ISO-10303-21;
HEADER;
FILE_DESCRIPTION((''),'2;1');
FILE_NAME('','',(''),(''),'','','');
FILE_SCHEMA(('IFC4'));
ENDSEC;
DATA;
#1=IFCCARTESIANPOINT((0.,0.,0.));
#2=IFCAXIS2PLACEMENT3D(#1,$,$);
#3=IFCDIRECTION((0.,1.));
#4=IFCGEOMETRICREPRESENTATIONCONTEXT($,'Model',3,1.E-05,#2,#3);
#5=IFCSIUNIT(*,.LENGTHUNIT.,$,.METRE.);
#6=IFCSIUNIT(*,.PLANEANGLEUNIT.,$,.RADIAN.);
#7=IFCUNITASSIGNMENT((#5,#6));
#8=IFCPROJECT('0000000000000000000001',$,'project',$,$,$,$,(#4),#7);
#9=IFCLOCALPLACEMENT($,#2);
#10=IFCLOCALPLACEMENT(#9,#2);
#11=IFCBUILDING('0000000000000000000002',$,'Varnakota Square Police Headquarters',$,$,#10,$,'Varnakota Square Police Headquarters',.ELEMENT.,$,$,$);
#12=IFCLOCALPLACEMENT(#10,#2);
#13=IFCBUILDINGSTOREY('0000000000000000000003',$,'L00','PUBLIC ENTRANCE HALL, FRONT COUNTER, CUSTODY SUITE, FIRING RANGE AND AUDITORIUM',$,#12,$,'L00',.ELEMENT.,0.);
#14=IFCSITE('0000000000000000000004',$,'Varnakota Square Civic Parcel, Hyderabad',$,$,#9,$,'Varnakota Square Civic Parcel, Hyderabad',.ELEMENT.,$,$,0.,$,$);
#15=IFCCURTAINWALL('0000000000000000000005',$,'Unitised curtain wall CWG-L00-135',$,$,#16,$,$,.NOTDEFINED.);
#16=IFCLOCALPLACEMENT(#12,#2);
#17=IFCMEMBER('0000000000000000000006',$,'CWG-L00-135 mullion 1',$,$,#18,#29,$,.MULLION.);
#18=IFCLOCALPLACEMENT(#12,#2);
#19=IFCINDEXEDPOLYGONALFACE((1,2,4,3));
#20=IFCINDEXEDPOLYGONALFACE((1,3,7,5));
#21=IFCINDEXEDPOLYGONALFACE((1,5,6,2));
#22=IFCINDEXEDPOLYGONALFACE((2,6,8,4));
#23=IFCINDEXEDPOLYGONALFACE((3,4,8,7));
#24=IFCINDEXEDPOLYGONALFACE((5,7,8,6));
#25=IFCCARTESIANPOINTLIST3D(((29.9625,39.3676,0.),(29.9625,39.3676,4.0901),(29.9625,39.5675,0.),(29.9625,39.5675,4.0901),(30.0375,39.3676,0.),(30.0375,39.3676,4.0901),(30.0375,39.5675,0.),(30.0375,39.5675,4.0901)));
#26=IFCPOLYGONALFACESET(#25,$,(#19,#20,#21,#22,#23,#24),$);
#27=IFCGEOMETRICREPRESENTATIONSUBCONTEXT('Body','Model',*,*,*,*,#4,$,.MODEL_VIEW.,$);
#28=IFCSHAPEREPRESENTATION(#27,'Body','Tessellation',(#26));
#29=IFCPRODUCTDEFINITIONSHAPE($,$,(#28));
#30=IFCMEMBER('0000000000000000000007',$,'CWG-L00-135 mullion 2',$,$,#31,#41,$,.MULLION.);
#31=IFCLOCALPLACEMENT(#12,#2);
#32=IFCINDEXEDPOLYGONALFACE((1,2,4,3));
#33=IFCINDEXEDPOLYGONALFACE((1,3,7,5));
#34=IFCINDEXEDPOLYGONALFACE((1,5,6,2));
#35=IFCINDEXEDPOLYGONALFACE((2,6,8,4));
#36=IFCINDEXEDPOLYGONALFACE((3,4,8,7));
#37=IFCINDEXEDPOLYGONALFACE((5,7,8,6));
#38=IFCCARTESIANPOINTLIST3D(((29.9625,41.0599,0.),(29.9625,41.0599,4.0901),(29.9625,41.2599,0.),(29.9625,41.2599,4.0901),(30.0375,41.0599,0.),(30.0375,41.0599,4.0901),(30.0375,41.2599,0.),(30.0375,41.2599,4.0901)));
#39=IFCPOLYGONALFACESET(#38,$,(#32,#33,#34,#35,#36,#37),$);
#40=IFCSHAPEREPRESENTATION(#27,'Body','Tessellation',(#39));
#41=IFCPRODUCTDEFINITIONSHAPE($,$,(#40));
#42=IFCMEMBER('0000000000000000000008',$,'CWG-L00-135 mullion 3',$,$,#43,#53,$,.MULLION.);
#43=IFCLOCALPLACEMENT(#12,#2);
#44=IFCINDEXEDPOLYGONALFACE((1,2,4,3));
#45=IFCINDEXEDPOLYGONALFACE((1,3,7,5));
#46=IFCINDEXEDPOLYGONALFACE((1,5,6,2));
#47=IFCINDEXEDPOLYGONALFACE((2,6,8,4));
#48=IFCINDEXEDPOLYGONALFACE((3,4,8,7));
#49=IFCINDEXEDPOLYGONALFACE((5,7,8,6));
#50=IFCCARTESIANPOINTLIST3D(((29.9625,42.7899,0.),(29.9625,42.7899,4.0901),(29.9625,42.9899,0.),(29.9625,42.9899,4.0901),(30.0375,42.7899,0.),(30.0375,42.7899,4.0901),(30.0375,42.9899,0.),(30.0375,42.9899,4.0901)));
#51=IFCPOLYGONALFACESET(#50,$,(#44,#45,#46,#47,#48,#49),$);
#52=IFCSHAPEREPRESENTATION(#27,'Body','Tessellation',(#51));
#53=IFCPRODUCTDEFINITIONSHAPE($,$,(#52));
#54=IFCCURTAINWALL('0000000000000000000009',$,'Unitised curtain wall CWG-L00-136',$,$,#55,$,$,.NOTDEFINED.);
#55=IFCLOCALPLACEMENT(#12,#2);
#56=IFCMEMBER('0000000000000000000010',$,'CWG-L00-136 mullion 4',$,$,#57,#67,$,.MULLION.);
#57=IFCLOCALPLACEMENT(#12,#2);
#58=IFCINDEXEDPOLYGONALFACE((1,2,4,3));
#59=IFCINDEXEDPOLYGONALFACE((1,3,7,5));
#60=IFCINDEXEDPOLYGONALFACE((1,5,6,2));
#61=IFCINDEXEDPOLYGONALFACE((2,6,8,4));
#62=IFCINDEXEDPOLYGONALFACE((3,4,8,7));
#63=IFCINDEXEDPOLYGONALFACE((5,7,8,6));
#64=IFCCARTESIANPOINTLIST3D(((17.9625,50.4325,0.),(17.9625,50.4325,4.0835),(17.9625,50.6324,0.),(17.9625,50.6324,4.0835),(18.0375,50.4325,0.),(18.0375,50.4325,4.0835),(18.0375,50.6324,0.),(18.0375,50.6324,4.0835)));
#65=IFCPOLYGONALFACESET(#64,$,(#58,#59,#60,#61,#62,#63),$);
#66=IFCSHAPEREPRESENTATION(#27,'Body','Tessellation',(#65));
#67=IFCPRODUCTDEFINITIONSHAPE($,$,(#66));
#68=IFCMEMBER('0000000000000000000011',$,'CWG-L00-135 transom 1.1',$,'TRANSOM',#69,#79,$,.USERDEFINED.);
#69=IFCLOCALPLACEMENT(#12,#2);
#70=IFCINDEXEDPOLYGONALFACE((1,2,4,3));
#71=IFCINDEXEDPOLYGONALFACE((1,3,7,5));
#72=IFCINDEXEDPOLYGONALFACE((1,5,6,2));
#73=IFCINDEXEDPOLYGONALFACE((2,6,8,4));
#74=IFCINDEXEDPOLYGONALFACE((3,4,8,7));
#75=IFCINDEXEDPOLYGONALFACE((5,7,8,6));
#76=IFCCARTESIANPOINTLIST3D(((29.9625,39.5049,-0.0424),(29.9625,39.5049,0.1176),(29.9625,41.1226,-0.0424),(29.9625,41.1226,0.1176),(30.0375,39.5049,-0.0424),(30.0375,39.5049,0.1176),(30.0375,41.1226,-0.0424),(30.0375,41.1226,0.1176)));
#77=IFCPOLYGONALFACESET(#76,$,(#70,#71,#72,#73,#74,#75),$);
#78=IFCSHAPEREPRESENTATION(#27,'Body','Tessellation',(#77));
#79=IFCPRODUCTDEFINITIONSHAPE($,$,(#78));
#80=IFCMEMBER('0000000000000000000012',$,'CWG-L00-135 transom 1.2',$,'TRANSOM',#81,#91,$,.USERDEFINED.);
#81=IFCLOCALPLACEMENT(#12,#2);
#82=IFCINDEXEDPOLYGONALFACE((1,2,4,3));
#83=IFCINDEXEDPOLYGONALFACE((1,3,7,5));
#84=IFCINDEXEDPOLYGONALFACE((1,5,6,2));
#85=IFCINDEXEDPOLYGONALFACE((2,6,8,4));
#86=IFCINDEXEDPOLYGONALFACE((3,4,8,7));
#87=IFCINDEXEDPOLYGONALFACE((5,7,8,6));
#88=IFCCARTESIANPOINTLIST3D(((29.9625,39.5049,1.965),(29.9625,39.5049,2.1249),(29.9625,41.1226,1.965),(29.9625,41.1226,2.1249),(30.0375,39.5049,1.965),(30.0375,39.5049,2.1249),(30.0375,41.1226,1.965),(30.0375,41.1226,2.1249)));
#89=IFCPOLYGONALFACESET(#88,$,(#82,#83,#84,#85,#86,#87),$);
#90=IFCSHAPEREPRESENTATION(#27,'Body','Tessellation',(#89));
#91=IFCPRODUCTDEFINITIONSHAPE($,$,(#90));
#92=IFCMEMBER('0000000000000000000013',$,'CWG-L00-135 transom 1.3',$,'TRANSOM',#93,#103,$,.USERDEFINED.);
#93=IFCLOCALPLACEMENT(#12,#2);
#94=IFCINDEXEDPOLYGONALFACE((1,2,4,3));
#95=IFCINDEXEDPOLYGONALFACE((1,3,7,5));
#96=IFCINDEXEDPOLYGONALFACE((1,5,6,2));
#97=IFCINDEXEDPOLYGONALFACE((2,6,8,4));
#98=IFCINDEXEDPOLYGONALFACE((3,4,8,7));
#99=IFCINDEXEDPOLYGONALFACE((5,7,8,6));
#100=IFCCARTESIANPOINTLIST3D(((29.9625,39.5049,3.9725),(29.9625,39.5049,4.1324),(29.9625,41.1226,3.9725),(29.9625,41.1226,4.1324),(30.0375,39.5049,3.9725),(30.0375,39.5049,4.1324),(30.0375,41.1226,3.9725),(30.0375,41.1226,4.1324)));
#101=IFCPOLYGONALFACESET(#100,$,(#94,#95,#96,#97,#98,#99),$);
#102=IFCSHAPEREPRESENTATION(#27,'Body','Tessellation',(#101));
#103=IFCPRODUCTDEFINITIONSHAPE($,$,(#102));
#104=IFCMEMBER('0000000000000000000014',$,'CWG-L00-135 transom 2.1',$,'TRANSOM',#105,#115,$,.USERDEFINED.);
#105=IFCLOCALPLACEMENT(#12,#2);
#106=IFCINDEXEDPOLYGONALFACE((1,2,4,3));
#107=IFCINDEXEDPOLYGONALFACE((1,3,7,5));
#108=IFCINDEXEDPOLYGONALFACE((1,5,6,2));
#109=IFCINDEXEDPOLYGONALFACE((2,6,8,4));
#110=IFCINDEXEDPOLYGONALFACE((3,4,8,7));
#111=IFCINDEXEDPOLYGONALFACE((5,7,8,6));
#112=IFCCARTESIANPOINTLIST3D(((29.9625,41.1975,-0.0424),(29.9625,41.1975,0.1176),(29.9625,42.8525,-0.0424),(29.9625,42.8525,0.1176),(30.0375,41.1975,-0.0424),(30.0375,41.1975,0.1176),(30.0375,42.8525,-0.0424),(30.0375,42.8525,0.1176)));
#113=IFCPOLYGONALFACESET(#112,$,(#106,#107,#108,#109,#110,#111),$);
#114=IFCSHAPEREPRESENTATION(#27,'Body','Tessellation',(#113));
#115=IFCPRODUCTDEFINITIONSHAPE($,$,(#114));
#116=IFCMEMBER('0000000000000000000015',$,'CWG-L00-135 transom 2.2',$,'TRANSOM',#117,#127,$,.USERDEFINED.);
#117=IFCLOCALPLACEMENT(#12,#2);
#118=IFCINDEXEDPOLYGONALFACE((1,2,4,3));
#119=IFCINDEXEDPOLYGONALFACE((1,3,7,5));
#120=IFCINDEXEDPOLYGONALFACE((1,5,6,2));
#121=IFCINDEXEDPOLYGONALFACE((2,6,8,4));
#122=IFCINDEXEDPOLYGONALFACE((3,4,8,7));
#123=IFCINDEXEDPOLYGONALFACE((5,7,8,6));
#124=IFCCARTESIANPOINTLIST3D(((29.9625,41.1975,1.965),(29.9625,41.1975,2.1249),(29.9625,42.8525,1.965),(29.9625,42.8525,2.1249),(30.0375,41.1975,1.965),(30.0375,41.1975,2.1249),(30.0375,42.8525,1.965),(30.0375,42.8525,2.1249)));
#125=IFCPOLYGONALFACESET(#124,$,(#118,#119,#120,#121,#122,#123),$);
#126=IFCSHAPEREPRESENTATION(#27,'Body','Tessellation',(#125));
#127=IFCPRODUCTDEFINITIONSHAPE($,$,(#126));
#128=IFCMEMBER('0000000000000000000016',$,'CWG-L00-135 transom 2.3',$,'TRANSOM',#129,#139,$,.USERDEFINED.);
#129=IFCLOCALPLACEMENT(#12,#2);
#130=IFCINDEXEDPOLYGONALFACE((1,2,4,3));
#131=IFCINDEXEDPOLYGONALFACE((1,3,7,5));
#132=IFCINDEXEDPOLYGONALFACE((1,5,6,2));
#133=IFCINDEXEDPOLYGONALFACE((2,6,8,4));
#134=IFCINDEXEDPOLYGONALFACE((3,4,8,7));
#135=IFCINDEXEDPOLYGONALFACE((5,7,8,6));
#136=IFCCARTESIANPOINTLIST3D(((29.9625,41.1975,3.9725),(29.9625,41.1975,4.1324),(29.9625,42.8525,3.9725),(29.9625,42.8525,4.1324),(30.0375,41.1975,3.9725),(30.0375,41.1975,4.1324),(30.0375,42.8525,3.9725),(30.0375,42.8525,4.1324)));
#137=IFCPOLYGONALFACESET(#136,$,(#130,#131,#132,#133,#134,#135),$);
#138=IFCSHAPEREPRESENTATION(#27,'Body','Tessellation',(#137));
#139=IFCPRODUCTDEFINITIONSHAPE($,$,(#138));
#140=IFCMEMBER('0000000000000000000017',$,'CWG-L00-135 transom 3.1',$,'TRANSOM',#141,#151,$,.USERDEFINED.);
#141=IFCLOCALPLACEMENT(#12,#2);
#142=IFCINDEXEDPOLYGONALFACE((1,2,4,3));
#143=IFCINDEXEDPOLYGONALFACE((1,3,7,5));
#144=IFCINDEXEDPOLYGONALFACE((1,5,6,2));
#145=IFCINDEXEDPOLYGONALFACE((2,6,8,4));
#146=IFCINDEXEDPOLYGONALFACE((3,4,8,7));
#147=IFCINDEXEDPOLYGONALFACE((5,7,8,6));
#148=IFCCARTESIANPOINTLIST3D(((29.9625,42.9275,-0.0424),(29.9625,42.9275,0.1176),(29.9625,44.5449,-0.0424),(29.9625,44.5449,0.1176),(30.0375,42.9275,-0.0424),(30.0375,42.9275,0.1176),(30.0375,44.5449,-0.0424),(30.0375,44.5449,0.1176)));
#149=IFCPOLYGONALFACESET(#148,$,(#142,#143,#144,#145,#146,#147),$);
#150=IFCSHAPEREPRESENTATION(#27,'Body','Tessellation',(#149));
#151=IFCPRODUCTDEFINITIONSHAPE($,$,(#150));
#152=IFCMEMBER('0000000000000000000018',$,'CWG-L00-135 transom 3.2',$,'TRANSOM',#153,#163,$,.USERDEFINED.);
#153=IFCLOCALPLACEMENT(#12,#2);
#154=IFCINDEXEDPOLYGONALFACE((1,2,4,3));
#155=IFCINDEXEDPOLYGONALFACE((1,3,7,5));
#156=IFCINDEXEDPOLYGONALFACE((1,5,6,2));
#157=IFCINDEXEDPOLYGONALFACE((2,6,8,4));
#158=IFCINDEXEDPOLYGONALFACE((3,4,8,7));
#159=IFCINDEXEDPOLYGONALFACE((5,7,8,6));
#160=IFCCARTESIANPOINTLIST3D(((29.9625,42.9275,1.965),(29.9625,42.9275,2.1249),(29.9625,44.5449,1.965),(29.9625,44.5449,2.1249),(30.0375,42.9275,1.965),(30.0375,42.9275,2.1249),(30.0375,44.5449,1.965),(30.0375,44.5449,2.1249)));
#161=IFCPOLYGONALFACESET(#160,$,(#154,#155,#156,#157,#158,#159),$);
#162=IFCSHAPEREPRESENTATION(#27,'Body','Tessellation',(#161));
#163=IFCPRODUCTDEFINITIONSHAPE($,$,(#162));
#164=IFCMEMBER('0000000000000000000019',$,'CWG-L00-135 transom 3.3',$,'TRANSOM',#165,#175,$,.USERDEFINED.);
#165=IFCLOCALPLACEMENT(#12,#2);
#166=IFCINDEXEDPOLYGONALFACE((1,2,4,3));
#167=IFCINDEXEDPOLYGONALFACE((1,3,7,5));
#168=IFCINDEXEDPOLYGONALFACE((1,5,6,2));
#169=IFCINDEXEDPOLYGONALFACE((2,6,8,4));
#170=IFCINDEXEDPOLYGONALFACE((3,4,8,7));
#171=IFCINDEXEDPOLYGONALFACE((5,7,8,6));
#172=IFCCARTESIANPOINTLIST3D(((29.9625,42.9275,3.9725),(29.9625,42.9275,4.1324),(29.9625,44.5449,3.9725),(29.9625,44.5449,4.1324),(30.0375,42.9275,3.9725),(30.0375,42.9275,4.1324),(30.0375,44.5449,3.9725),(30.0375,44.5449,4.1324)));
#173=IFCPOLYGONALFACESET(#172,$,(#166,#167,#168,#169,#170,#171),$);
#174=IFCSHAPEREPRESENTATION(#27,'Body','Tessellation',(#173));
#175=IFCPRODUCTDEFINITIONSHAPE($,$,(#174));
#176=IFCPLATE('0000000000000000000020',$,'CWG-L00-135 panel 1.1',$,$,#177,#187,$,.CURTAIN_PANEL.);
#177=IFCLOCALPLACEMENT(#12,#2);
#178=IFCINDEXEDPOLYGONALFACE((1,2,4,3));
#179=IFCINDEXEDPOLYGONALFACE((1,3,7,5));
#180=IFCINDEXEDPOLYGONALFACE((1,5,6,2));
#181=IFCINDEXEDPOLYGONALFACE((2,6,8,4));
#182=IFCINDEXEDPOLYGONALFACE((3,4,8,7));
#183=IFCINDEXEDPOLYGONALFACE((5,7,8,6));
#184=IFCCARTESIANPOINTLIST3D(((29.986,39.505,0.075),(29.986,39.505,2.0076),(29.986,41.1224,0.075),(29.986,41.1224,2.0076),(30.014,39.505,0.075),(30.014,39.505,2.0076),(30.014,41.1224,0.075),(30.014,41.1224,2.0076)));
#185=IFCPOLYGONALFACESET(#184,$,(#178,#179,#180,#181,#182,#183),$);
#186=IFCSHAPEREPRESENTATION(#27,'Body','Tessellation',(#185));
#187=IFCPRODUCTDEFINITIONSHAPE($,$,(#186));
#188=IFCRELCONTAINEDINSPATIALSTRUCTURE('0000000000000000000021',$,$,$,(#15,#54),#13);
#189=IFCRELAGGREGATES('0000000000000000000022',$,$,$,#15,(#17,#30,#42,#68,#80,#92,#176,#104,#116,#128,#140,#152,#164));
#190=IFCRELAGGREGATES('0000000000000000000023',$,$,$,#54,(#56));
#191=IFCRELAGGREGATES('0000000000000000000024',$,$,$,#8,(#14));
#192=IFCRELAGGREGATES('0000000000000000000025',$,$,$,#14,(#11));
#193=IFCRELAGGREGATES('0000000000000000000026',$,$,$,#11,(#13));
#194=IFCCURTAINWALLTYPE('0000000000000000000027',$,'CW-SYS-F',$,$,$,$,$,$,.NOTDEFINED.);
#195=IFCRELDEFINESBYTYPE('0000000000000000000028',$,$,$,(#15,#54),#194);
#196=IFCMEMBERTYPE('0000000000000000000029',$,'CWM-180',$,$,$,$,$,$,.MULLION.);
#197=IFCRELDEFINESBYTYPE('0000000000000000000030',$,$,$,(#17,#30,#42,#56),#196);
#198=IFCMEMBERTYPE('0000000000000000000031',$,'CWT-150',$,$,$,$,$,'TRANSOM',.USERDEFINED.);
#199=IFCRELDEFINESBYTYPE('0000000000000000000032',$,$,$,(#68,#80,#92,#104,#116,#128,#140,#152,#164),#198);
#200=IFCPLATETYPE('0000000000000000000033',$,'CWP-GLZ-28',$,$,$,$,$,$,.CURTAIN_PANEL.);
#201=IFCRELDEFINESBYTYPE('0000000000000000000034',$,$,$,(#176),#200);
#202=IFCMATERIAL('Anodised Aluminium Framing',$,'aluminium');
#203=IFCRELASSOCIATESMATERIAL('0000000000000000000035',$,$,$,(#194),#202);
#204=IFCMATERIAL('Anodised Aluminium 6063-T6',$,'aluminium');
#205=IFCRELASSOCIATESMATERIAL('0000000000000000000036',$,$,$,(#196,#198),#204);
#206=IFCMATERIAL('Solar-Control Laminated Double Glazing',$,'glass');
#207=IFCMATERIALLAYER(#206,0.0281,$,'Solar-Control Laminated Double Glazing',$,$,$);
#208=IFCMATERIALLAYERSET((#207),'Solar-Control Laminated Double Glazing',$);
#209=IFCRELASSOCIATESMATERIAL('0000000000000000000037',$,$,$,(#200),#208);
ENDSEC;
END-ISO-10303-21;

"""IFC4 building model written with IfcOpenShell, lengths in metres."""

from ifc_helpers import new_model, si_unit, direction, frame, origin, origin_2d, place, context, subcontext, project, spatial, rectangle, extrude, material, layer, layer_set, material_profile, profile_set, type_object, element, aggregate, save


model = new_model("IFC4")

# Units and contexts
model_context = context("Model", 3, precision=1e-05, world=origin(), true_north=direction((0.0, 1.0)))
body_context = subcontext(model_context, "Body", "Model", "MODEL_VIEW")
ifc_project = project(units=[si_unit("LENGTHUNIT", "METRE"), si_unit("PLANEANGLEUNIT", "RADIAN")], contexts=[model_context])

# Site, building, storey
site_placement = place(None, origin())
site = spatial("IfcSite", under=ifc_project, at=site_placement, Name="Varnakota Square Civic Parcel, Hyderabad", LongName="Varnakota Square Civic Parcel, Hyderabad", CompositionType="ELEMENT", RefElevation=0.0)
building_placement = place(site_placement, origin())
building = spatial("IfcBuilding", under=site, at=building_placement, Name="Varnakota Square Police Headquarters", LongName="Varnakota Square Police Headquarters", CompositionType="ELEMENT")
storey_placement = place(building_placement, origin())
storey = spatial("IfcBuildingStorey", under=building, at=storey_placement, Name="L00", Description="PUBLIC ENTRANCE HALL, FRONT COUNTER, CUSTODY SUITE, FIRING RANGE AND AUDITORIUM", LongName="L00", CompositionType="ELEMENT", Elevation=0.0)

# Curtain wall, members
ifc_material_1 = material(Name="Anodised Aluminium Framing", Category="aluminium")
curtain_wall_type = type_object("IfcCurtainWallType", Name="CW-SYS-F", PredefinedType="NOTDEFINED", material=ifc_material_1)
curtain_wall_1_placement = place(storey_placement, origin())
curtain_wall_1 = element("IfcCurtainWall", 1, at=curtain_wall_1_placement, inside=storey, type_object=curtain_wall_type, Name="Unitised curtain wall CWG-L00-135", PredefinedType="NOTDEFINED")
ifc_material_2 = material(Name="Anodised Aluminium 6063-T6", Category="aluminium")
ifc_material_profile_1 = material_profile(ifc_material_2, rectangle(XDim=0.075, YDim=0.2, at=origin_2d()), Name="ALU MULLION 75x200")
ifc_profile_set_1 = profile_set([ifc_material_profile_1], Name="Anodised Aluminium 6063-T6")
member_type_1 = type_object("IfcMemberType", Name="CWM-180", PredefinedType="MULLION", material=ifc_profile_set_1)
member_1_placement = place(storey_placement, frame((30.0, 39.4675, 0.0), z_axis=(0.0, 0.0, 1.0), x_axis=(-1.0, 0.0, 0.0)))
member_1 = element("IfcMember", 2, at=member_1_placement, type_object=member_type_1, Name="CWG-L00-135 mullion 1", PredefinedType="MULLION", context=body_context, shape_type="SweptSolid", body=[
    extrude(rectangle(XDim=0.075, YDim=0.2, at=origin_2d()), origin(), (0.0, 0.0, 1.0), 4.0901),
])
member_2_placement = place(storey_placement, frame((30.0, 41.1599, 0.0), z_axis=(0.0, 0.0, 1.0), x_axis=(-1.0, 0.0, 0.0)))
member_2 = element("IfcMember", 3, at=member_2_placement, type_object=member_type_1, Name="CWG-L00-135 mullion 2", PredefinedType="MULLION", context=body_context, shape_type="SweptSolid", body=[
    extrude(rectangle(XDim=0.075, YDim=0.2, at=origin_2d()), origin(), (0.0, 0.0, 1.0), 4.0901),
])
member_3_placement = place(storey_placement, frame((30.0, 42.8899, 0.0), z_axis=(0.0, 0.0, 1.0), x_axis=(-1.0, 0.0, 0.0)))
member_3 = element("IfcMember", 4, at=member_3_placement, type_object=member_type_1, Name="CWG-L00-135 mullion 3", PredefinedType="MULLION", context=body_context, shape_type="SweptSolid", body=[
    extrude(rectangle(XDim=0.075, YDim=0.2, at=origin_2d()), origin(), (0.0, 0.0, 1.0), 4.0901),
])

# Curtain wall, member
curtain_wall_2_placement = place(storey_placement, origin())
curtain_wall_2 = element("IfcCurtainWall", 5, at=curtain_wall_2_placement, inside=storey, type_object=curtain_wall_type, Name="Unitised curtain wall CWG-L00-136", PredefinedType="NOTDEFINED")
member_4_placement = place(storey_placement, frame((18.0, 50.5325, 0.0), z_axis=(0.0, 0.0, 1.0), x_axis=(-1.0, 0.0, 0.0)))
member_4 = element("IfcMember", 6, at=member_4_placement, type_object=member_type_1, Name="CWG-L00-136 mullion 4", PredefinedType="MULLION", context=body_context, shape_type="SweptSolid", body=[
    extrude(rectangle(XDim=0.075, YDim=0.2, at=origin_2d()), origin(), (0.0, 0.0, 1.0), 4.0835),
])

# Members
ifc_material_profile_2 = material_profile(ifc_material_2, rectangle(XDim=0.075, YDim=0.1599, at=origin_2d()), Name="ALU TRANSOM 75x160")
ifc_profile_set_2 = profile_set([ifc_material_profile_2], Name="Anodised Aluminium 6063-T6")
member_type_2 = type_object("IfcMemberType", Name="CWT-150", ElementType="TRANSOM", PredefinedType="USERDEFINED", material=ifc_profile_set_2)
member_5_placement = place(storey_placement, frame((30.0, 39.5049, 0.0376), z_axis=(0.0, 1.0, 0.0), x_axis=(-1.0, 0.0, 0.0)))
member_5 = element("IfcMember", 7, at=member_5_placement, type_object=member_type_2, Name="CWG-L00-135 transom 1.1", ObjectType="TRANSOM", PredefinedType="USERDEFINED", context=body_context, shape_type="SweptSolid", body=[
    extrude(rectangle(XDim=0.075, YDim=0.1599, at=origin_2d()), origin(), (0.0, 0.0, 1.0), 1.6177),
])
member_6_placement = place(storey_placement, frame((30.0, 39.5049, 2.0449), z_axis=(0.0, 1.0, 0.0), x_axis=(-1.0, 0.0, 0.0)))
member_6 = element("IfcMember", 8, at=member_6_placement, type_object=member_type_2, Name="CWG-L00-135 transom 1.2", ObjectType="TRANSOM", PredefinedType="USERDEFINED", context=body_context, shape_type="SweptSolid", body=[
    extrude(rectangle(XDim=0.075, YDim=0.1599, at=origin_2d()), origin(), (0.0, 0.0, 1.0), 1.6177),
])
member_7_placement = place(storey_placement, frame((30.0, 39.5049, 4.0525), z_axis=(0.0, 1.0, 0.0), x_axis=(-1.0, 0.0, 0.0)))
member_7 = element("IfcMember", 9, at=member_7_placement, type_object=member_type_2, Name="CWG-L00-135 transom 1.3", ObjectType="TRANSOM", PredefinedType="USERDEFINED", context=body_context, shape_type="SweptSolid", body=[
    extrude(rectangle(XDim=0.075, YDim=0.1599, at=origin_2d()), origin(), (0.0, 0.0, 1.0), 1.6177),
])
member_8_placement = place(storey_placement, frame((30.0, 41.1975, 0.0376), z_axis=(0.0, 1.0, 0.0), x_axis=(-1.0, 0.0, 0.0)))
member_8 = element("IfcMember", 10, at=member_8_placement, type_object=member_type_2, Name="CWG-L00-135 transom 2.1", ObjectType="TRANSOM", PredefinedType="USERDEFINED", context=body_context, shape_type="SweptSolid", body=[
    extrude(rectangle(XDim=0.075, YDim=0.1599, at=origin_2d()), origin(), (0.0, 0.0, 1.0), 1.655),
])
member_9_placement = place(storey_placement, frame((30.0, 41.1975, 2.0449), z_axis=(0.0, 1.0, 0.0), x_axis=(-1.0, 0.0, 0.0)))
member_9 = element("IfcMember", 11, at=member_9_placement, type_object=member_type_2, Name="CWG-L00-135 transom 2.2", ObjectType="TRANSOM", PredefinedType="USERDEFINED", context=body_context, shape_type="SweptSolid", body=[
    extrude(rectangle(XDim=0.075, YDim=0.1599, at=origin_2d()), origin(), (0.0, 0.0, 1.0), 1.655),
])
member_10_placement = place(storey_placement, frame((30.0, 41.1975, 4.0525), z_axis=(0.0, 1.0, 0.0), x_axis=(-1.0, 0.0, 0.0)))
member_10 = element("IfcMember", 12, at=member_10_placement, type_object=member_type_2, Name="CWG-L00-135 transom 2.3", ObjectType="TRANSOM", PredefinedType="USERDEFINED", context=body_context, shape_type="SweptSolid", body=[
    extrude(rectangle(XDim=0.075, YDim=0.1599, at=origin_2d()), origin(), (0.0, 0.0, 1.0), 1.655),
])
member_11_placement = place(storey_placement, frame((30.0, 42.9275, 0.0376), z_axis=(0.0, 1.0, 0.0), x_axis=(-1.0, 0.0, 0.0)))
member_11 = element("IfcMember", 13, at=member_11_placement, type_object=member_type_2, Name="CWG-L00-135 transom 3.1", ObjectType="TRANSOM", PredefinedType="USERDEFINED", context=body_context, shape_type="SweptSolid", body=[
    extrude(rectangle(XDim=0.075, YDim=0.1599, at=origin_2d()), origin(), (0.0, 0.0, 1.0), 1.6174),
])
member_12_placement = place(storey_placement, frame((30.0, 42.9275, 2.0449), z_axis=(0.0, 1.0, 0.0), x_axis=(-1.0, 0.0, 0.0)))
member_12 = element("IfcMember", 14, at=member_12_placement, type_object=member_type_2, Name="CWG-L00-135 transom 3.2", ObjectType="TRANSOM", PredefinedType="USERDEFINED", context=body_context, shape_type="SweptSolid", body=[
    extrude(rectangle(XDim=0.075, YDim=0.1599, at=origin_2d()), origin(), (0.0, 0.0, 1.0), 1.6174),
])
member_13_placement = place(storey_placement, frame((30.0, 42.9275, 4.0525), z_axis=(0.0, 1.0, 0.0), x_axis=(-1.0, 0.0, 0.0)))
member_13 = element("IfcMember", 15, at=member_13_placement, type_object=member_type_2, Name="CWG-L00-135 transom 3.3", ObjectType="TRANSOM", PredefinedType="USERDEFINED", context=body_context, shape_type="SweptSolid", body=[
    extrude(rectangle(XDim=0.075, YDim=0.1599, at=origin_2d()), origin(), (0.0, 0.0, 1.0), 1.6174),
])

# Plate
ifc_material_3 = material(Name="Solar-Control Laminated Double Glazing", Category="glass")
ifc_layer_1 = layer(ifc_material_3, 0.0281, Name="Solar-Control Laminated Double Glazing")
ifc_layer_set_1 = layer_set([ifc_layer_1], Name="Solar-Control Laminated Double Glazing")
plate_type_1 = type_object("IfcPlateType", Name="CWP-GLZ-28", PredefinedType="CURTAIN_PANEL", material=ifc_layer_set_1)
plate_1_placement = place(storey_placement, frame((30.0, 40.3137, 0.075), z_axis=(0.0, 0.0, 1.0), x_axis=(0.0, 1.0, 0.0)))
plate_1 = element("IfcPlate", 16, at=plate_1_placement, type_object=plate_type_1, Name="CWG-L00-135 panel 1.1", PredefinedType="CURTAIN_PANEL", context=body_context, shape_type="SweptSolid", body=[
    extrude(rectangle(XDim=1.6174, YDim=0.0281, at=origin_2d()), origin(), (0.0, 0.0, 1.0), 1.9326),
])
aggregate(curtain_wall_1, [member_1, member_2, member_3, member_5, member_6, member_7, plate_1, member_8, member_9, member_10, member_11, member_12, member_13])
aggregate(curtain_wall_2, [member_4])

save(model, "model.ifc")
